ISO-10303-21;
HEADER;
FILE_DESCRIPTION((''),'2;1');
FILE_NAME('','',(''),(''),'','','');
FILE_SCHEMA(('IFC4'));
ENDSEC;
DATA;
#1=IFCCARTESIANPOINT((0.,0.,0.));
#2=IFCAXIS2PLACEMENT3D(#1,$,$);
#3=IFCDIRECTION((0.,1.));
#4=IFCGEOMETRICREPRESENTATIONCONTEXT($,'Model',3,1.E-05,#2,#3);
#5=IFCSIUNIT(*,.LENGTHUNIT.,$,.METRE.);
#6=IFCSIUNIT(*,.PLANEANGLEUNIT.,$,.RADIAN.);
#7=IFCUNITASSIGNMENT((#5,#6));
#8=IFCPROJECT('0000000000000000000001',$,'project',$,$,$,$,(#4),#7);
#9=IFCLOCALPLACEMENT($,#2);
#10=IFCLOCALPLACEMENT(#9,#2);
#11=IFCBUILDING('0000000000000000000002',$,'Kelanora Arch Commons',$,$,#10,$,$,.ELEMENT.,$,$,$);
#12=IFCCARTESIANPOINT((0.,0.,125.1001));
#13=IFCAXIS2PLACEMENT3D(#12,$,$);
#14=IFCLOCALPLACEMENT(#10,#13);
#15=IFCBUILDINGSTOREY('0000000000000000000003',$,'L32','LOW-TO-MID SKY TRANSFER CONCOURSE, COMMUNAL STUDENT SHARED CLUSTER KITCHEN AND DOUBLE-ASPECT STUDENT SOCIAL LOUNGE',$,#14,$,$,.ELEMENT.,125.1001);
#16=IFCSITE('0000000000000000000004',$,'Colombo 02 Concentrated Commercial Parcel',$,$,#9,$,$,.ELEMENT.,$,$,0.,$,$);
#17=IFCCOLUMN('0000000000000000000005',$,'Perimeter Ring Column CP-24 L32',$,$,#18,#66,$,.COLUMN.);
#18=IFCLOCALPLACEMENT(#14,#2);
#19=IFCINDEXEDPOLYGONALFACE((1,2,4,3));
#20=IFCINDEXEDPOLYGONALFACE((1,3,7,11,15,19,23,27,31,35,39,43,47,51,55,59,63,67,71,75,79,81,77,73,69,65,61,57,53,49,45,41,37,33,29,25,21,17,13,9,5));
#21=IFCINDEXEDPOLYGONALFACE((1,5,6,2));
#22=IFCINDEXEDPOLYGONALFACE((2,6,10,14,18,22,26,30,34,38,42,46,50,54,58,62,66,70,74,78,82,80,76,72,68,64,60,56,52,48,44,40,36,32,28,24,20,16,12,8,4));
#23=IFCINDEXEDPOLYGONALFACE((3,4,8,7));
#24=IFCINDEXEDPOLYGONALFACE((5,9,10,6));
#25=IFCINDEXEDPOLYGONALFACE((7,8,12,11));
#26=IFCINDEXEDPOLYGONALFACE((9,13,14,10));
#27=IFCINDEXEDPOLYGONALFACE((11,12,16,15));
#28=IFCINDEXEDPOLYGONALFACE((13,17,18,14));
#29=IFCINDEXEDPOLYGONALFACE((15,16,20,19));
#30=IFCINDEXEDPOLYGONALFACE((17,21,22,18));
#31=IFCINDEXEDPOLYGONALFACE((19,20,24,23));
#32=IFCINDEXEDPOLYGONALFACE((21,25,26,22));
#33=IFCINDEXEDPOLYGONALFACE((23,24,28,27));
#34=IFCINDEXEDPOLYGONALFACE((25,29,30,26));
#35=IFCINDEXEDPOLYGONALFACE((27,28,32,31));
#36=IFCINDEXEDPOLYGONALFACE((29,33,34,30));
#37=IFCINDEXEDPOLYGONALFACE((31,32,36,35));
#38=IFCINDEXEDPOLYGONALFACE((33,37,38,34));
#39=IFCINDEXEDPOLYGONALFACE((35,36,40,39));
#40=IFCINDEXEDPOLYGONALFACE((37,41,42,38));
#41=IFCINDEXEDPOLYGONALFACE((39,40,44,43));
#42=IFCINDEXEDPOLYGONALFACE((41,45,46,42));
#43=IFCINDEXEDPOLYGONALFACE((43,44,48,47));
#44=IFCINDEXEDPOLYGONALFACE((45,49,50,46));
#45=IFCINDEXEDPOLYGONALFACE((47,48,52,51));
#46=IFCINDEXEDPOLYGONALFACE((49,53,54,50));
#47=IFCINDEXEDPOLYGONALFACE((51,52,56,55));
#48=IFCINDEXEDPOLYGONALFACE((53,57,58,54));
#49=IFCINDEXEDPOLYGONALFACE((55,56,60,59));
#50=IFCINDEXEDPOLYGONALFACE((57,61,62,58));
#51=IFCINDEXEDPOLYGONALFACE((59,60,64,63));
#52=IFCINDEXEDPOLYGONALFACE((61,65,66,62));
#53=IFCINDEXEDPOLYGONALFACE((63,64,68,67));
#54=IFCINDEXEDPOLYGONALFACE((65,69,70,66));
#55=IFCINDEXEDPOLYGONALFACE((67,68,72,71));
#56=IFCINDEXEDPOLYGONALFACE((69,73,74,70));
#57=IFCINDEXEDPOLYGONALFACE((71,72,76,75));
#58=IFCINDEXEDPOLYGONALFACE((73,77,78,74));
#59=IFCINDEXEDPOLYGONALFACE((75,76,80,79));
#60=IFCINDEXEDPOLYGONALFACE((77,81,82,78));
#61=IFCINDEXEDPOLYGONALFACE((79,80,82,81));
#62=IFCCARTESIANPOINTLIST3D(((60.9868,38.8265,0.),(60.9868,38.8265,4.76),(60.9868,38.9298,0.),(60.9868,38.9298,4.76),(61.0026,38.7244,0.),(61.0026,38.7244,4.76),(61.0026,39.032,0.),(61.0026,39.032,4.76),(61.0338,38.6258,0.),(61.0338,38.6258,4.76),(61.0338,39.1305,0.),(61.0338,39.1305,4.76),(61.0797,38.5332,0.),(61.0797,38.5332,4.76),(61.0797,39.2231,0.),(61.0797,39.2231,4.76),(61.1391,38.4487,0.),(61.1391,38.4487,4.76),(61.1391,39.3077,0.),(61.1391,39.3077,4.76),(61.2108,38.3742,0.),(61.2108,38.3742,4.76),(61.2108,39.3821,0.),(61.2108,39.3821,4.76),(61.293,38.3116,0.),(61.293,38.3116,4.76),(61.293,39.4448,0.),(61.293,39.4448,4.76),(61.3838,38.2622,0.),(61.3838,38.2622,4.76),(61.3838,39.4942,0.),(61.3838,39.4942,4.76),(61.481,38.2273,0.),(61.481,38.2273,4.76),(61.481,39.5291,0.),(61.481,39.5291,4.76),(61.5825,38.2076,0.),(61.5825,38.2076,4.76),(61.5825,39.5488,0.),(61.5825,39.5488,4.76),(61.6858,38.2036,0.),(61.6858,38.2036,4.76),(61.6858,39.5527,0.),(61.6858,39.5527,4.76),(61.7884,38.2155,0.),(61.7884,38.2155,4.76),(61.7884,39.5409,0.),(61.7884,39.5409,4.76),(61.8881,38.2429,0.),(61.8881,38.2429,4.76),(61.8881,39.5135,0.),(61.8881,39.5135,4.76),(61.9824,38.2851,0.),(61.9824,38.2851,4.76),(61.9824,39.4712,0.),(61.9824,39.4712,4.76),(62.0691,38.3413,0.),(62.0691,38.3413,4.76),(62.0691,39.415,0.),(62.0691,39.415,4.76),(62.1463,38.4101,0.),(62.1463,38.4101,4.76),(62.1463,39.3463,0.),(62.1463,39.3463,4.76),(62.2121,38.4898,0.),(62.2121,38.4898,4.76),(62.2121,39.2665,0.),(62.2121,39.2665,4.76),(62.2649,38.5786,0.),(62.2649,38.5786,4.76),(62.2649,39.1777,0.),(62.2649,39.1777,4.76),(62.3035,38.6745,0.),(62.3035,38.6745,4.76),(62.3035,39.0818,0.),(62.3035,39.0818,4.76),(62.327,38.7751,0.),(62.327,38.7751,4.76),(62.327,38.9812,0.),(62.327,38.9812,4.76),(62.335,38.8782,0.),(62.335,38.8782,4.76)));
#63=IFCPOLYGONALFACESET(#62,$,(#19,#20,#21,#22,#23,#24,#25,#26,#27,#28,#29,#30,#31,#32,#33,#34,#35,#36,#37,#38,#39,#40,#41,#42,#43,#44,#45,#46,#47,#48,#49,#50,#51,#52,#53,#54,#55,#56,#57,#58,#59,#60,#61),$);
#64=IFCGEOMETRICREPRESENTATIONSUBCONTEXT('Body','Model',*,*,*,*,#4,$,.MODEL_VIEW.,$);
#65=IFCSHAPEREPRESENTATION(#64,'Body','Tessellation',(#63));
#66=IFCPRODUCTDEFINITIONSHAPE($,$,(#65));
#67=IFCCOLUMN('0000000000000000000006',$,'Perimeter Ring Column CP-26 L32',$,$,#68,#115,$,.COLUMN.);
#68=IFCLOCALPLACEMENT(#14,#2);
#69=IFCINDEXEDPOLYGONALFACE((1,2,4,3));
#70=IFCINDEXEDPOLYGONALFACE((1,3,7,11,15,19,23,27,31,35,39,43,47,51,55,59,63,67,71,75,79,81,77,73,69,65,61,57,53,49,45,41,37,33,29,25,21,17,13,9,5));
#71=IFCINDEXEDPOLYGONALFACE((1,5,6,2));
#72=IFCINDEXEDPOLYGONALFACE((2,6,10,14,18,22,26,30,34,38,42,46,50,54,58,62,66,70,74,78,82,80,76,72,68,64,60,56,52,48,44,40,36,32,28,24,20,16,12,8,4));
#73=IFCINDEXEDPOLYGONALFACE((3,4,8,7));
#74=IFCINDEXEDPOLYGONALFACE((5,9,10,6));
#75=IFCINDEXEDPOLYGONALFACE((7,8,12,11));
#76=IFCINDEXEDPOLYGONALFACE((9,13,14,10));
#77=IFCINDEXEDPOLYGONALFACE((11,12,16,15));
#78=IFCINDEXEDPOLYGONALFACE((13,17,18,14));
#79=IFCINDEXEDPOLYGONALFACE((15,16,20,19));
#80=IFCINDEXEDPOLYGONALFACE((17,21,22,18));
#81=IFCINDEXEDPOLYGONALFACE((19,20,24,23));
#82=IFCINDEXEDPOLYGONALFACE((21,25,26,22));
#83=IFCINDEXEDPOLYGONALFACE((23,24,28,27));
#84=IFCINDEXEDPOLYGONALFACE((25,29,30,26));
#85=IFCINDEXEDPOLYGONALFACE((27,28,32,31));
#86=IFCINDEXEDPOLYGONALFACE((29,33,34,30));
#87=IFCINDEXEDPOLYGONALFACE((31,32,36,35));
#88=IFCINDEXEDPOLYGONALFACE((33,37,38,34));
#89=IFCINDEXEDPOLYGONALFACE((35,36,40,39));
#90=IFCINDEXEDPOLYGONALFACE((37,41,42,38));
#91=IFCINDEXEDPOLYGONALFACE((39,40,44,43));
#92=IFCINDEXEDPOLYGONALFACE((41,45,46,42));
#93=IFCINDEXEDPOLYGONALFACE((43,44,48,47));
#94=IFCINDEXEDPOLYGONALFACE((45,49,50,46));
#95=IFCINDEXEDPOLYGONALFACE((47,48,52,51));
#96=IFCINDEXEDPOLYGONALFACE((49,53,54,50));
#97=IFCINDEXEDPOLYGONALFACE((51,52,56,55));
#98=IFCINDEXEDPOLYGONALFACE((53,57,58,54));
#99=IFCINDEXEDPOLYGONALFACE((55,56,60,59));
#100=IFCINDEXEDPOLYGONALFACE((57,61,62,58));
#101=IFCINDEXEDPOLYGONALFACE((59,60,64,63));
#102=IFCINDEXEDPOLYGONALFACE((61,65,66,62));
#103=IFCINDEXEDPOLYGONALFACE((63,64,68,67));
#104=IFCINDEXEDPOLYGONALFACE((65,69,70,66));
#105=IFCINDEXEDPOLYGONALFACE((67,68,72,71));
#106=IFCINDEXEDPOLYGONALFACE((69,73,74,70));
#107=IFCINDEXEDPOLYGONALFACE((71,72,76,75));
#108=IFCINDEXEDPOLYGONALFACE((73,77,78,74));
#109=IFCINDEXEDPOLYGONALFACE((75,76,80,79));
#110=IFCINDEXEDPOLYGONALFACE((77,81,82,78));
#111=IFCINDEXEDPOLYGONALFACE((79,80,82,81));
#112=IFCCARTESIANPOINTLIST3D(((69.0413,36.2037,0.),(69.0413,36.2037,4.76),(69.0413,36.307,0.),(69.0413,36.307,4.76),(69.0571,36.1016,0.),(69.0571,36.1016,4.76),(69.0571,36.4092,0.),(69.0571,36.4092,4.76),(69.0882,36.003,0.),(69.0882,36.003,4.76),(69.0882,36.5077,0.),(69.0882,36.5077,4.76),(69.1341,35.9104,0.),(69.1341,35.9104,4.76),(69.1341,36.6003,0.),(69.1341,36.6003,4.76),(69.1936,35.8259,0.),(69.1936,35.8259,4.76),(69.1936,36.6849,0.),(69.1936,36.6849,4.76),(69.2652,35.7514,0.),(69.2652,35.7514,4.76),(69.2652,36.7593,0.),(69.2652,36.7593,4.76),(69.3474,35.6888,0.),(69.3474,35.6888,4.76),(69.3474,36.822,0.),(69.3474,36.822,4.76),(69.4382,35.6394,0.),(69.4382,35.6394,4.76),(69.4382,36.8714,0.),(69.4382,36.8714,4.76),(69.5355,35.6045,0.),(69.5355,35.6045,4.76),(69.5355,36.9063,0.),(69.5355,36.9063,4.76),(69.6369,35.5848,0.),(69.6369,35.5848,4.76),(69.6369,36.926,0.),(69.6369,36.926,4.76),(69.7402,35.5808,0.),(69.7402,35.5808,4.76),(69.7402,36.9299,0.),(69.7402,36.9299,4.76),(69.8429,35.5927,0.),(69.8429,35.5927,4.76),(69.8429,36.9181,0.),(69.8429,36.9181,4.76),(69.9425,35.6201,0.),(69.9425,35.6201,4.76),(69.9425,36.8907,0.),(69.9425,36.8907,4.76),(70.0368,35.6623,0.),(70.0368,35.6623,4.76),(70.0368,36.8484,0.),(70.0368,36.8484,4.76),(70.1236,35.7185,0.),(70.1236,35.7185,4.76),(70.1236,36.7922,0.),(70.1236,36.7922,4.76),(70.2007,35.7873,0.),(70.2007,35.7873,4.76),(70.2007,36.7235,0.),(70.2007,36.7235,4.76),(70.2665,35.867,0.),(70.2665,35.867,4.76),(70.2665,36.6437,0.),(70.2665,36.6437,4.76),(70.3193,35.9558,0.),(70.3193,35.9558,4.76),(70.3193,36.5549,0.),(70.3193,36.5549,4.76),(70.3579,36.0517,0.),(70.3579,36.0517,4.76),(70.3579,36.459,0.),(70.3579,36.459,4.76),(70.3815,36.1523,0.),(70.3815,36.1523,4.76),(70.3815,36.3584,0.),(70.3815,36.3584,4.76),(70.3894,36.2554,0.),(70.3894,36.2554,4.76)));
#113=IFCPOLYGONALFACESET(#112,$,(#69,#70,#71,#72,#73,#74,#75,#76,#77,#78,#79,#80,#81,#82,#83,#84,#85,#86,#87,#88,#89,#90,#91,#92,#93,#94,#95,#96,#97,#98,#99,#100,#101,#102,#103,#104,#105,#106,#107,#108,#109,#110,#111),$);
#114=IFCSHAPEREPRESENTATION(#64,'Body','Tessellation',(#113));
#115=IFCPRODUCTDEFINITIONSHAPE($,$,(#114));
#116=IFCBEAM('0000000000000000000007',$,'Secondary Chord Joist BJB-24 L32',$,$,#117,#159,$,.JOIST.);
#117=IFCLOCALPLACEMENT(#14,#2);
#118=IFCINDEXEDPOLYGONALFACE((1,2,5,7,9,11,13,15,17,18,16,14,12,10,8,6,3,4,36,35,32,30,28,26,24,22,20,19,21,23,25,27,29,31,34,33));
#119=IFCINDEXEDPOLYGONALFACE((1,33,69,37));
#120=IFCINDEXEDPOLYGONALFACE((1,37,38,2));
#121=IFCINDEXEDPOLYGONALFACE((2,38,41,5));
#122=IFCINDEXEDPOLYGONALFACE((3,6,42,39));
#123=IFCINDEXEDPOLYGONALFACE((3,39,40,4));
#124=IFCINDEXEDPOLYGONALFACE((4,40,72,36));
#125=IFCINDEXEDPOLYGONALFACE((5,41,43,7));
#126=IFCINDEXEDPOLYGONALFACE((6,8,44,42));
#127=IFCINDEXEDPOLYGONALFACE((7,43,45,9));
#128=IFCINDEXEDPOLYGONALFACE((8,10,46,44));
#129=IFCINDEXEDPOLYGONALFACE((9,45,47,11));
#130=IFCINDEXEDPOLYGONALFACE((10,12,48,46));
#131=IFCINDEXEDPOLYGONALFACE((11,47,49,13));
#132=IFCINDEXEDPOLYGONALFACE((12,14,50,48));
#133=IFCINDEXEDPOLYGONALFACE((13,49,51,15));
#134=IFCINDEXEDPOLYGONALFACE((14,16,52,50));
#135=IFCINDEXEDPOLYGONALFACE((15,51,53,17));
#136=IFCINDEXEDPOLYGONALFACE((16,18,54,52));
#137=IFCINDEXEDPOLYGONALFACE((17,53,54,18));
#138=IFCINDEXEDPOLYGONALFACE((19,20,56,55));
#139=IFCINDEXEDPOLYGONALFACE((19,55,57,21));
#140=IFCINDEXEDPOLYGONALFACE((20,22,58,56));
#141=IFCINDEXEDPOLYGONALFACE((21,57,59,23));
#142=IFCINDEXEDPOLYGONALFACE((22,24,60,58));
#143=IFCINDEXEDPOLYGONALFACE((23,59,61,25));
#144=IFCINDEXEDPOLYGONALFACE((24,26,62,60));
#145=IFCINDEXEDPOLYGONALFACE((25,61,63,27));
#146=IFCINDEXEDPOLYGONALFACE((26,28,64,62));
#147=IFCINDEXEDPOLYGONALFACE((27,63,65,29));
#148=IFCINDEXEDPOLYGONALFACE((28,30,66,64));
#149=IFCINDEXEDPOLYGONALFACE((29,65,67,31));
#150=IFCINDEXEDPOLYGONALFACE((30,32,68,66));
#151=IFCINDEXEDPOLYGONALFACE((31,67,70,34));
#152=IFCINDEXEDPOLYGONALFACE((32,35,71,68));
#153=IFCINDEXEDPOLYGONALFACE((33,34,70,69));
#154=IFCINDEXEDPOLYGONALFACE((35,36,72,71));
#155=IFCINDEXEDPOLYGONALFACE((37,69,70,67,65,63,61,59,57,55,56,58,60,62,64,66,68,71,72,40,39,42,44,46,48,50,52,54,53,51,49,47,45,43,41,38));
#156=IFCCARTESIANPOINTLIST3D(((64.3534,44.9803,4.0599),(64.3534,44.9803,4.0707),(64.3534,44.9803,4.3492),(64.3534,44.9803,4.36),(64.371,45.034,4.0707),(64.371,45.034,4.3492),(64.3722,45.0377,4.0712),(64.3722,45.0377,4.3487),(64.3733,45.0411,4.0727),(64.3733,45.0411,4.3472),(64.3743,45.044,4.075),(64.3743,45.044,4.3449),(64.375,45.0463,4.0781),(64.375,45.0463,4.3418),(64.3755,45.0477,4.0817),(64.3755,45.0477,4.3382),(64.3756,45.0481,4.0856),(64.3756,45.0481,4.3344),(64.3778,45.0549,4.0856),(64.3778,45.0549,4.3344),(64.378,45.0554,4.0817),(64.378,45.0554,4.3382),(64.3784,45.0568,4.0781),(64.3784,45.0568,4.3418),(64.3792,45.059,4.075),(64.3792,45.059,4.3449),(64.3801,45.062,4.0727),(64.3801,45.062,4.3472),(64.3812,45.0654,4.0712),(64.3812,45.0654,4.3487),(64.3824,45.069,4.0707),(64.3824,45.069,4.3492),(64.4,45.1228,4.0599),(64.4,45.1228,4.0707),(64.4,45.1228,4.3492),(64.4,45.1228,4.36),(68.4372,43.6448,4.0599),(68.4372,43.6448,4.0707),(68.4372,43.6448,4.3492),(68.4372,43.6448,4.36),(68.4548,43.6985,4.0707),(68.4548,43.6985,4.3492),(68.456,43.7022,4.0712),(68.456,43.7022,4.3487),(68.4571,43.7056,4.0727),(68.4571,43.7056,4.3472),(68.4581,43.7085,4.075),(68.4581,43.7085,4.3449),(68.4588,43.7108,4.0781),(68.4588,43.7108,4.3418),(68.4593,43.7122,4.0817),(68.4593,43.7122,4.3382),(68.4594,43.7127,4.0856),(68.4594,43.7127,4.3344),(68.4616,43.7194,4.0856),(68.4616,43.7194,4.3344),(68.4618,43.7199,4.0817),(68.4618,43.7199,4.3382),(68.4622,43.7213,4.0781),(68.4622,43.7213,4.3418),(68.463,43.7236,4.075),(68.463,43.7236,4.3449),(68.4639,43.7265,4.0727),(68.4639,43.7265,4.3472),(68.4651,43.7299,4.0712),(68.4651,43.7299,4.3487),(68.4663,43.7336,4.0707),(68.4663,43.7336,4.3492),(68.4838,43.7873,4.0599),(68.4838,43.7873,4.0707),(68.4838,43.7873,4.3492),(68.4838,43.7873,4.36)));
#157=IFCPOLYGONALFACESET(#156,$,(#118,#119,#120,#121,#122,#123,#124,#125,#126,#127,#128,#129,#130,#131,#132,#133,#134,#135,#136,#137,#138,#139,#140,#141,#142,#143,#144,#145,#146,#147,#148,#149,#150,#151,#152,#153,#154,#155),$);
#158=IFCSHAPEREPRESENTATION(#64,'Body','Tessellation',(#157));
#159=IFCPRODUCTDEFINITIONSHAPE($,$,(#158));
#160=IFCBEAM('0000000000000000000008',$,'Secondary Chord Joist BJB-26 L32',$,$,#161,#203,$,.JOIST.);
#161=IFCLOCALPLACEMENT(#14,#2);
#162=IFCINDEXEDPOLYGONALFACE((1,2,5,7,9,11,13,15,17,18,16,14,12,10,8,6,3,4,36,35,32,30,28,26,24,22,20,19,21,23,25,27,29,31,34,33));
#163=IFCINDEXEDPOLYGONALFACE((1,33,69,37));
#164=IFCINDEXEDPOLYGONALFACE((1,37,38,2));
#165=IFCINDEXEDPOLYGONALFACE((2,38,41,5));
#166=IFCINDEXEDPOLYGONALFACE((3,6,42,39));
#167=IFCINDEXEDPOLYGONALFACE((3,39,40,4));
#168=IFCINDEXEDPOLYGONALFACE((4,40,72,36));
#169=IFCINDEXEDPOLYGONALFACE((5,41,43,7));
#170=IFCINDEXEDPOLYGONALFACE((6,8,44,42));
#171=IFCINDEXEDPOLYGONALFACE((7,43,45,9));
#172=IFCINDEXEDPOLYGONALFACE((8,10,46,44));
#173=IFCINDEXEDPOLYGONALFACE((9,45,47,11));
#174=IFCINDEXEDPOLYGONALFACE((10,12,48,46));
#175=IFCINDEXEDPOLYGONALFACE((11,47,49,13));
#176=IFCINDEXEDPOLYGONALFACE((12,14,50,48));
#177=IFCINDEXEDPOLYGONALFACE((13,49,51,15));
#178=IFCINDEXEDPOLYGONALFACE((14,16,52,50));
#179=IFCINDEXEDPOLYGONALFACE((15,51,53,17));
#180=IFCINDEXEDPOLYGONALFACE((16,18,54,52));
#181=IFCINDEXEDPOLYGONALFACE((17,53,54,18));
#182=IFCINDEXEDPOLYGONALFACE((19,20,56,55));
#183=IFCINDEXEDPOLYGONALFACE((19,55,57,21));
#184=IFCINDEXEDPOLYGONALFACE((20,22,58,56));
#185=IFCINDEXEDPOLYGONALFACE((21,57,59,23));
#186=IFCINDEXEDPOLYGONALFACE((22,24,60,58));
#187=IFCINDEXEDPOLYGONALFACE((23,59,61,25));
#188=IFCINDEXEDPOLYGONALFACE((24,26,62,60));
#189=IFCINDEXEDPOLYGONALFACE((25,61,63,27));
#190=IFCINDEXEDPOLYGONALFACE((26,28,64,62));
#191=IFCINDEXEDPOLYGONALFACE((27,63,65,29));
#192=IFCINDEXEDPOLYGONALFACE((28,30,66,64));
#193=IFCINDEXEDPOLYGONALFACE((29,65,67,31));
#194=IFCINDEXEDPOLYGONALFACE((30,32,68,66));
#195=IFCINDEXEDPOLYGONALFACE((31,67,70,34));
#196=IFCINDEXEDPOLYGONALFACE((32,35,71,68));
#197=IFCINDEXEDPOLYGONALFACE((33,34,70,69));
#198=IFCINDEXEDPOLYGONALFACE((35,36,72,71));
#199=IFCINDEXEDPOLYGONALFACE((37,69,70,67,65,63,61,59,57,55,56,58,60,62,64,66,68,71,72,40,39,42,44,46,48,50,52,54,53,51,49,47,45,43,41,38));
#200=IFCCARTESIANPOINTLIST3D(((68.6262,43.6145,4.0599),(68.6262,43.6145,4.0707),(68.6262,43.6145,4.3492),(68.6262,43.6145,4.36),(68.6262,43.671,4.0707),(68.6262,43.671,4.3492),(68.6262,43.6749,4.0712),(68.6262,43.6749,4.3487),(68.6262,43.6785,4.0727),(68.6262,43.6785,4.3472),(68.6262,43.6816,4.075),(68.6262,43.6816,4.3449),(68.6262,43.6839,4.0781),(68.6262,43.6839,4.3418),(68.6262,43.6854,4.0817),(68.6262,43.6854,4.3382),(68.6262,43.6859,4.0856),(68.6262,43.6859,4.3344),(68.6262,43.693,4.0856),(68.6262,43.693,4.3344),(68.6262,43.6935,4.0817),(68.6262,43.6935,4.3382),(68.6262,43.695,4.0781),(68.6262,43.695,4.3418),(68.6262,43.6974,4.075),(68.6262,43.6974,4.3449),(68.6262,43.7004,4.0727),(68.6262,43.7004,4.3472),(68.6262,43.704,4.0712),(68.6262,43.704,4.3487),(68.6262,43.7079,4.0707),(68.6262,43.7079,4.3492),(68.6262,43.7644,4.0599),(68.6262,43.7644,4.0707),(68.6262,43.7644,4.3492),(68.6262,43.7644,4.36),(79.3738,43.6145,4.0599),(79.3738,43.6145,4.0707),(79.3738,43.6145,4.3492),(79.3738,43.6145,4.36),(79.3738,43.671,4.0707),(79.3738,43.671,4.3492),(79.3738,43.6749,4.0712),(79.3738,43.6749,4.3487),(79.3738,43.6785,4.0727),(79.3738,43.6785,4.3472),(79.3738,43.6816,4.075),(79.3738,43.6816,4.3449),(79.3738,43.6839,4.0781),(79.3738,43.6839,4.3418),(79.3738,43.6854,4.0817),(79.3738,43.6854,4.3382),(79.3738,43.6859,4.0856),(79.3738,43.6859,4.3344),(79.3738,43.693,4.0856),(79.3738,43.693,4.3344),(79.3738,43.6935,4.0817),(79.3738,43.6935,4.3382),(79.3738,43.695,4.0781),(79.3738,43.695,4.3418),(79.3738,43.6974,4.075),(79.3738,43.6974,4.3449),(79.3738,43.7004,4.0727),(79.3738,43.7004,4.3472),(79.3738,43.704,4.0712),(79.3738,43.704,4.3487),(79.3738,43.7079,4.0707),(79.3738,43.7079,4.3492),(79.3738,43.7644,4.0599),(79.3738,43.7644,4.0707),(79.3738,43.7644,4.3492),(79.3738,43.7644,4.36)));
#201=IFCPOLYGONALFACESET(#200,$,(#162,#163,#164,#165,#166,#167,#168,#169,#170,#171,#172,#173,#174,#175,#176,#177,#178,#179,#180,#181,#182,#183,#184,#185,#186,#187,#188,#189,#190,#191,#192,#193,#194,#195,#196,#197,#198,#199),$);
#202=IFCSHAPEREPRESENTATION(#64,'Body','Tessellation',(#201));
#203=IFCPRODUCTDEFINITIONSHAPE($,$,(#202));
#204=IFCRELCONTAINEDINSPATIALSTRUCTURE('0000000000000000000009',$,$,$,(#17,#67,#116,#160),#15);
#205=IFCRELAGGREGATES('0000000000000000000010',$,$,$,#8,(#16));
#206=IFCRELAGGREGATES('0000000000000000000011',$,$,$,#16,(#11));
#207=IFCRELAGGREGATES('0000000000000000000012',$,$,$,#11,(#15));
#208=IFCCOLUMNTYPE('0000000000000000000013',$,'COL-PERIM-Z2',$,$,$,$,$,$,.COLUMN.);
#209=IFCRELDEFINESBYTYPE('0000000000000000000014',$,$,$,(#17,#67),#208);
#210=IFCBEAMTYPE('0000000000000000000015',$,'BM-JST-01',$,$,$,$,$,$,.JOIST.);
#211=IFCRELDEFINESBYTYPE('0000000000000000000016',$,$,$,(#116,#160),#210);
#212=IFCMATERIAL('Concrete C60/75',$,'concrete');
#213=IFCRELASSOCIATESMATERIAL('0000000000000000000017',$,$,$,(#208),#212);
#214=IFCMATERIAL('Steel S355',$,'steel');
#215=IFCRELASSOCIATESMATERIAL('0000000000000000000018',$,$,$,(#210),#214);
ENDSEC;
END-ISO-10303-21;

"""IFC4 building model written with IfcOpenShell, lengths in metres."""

from ifc_helpers import new_model, si_unit, direction, frame, origin, origin_2d, place, context, subcontext, project, spatial, circle, i_section, extrude, material, material_profile, profile_set, type_object, element, save


model = new_model("IFC4")

# Units and contexts
model_context = context("Model", 3, precision=1e-05, world=origin(), true_north=direction((0.0, 1.0)))
body_context = subcontext(model_context, "Body", "Model", "MODEL_VIEW")
ifc_project = project(units=[si_unit("LENGTHUNIT", "METRE"), si_unit("PLANEANGLEUNIT", "RADIAN")], contexts=[model_context])

# Site, building, storey
site_placement = place(None, origin())
site = spatial("IfcSite", under=ifc_project, at=site_placement, Name="Colombo 02 Concentrated Commercial Parcel", CompositionType="ELEMENT", RefElevation=0.0)
building_placement = place(site_placement, origin())
building = spatial("IfcBuilding", under=site, at=building_placement, Name="Kelanora Arch Commons", CompositionType="ELEMENT")
storey_placement = place(building_placement, frame((0.0, 0.0, 125.1001)))
storey = spatial("IfcBuildingStorey", under=building, at=storey_placement, Name="L32", Description="LOW-TO-MID SKY TRANSFER CONCOURSE, COMMUNAL STUDENT SHARED CLUSTER KITCHEN AND DOUBLE-ASPECT STUDENT SOCIAL LOUNGE", CompositionType="ELEMENT", Elevation=125.1001)

# Columns
ifc_material_1 = material(Name="Concrete C60/75", Category="concrete")
ifc_material_profile_1 = material_profile(ifc_material_1, circle(Radius=0.675, at=origin_2d()), Name="RCC1350")
ifc_profile_set_1 = profile_set([ifc_material_profile_1], Name="Concrete C60/75")
column_type = type_object("IfcColumnType", Name="COL-PERIM-Z2", PredefinedType="COLUMN", material=ifc_profile_set_1)
for number, where, z_axis, x_axis, name in (
    (1, (61.6599, 38.8782, 0.0), (0.0, 0.0, 1.0), (1.0, 0.0, 0.0), "Perimeter Ring Column CP-24 L32"),
    (2, (69.7144, 36.2554, 0.0), (0.0, 0.0, 1.0), (1.0, 0.0, 0.0), "Perimeter Ring Column CP-26 L32"),
):
    element("IfcColumn", number, at=place(storey_placement, frame(where, z_axis=z_axis, x_axis=x_axis)), inside=storey, type_object=column_type, Name=name, PredefinedType="COLUMN", context=body_context, shape_type="SweptSolid", body=[
        extrude(circle(Radius=0.675, at=origin_2d()), origin(), (0.0, 0.0, 1.0), 4.76),
    ])

# Beams
ifc_material_2 = material(Name="Steel S355", Category="steel")
ifc_material_profile_2 = material_profile(ifc_material_2, i_section(OverallWidth=0.1499, OverallDepth=0.3, WebThickness=0.0071, FlangeThickness=0.0107, FilletRadius=0.0149, at=origin_2d()), Name="IPE300")
ifc_profile_set_2 = profile_set([ifc_material_profile_2], Name="Steel S355")
beam_type_1 = type_object("IfcBeamType", Name="BM-JST-01", PredefinedType="JOIST", material=ifc_profile_set_2)
beam_1_placement = place(storey_placement, frame((64.3767, 45.0515, 4.21), z_axis=(0.950469, -0.310819, 0.0), x_axis=(0.310819, 0.950469, 0.0)))
element("IfcBeam", 3, at=beam_1_placement, inside=storey, type_object=beam_type_1, Name="Secondary Chord Joist BJB-24 L32", PredefinedType="JOIST", context=body_context, shape_type="SweptSolid", body=[
    extrude(i_section(OverallWidth=0.1499, OverallDepth=0.3, WebThickness=0.0071, FlangeThickness=0.0107, FilletRadius=0.0149, at=origin_2d()), origin(), (0.0, 0.0, 1.0), 4.2966),
])
beam_2_placement = place(storey_placement, frame((68.6262, 43.6895, 4.21), z_axis=(1.0, 0.0, 0.0), x_axis=(0.0, 1.0, 0.0)))
element("IfcBeam", 4, at=beam_2_placement, inside=storey, type_object=beam_type_1, Name="Secondary Chord Joist BJB-26 L32", PredefinedType="JOIST", context=body_context, shape_type="SweptSolid", body=[
    extrude(i_section(OverallWidth=0.1499, OverallDepth=0.3, WebThickness=0.0071, FlangeThickness=0.0107, FilletRadius=0.0149, at=origin_2d()), origin(), (0.0, 0.0, 1.0), 10.7476),
])

save(model, "model.ifc")
